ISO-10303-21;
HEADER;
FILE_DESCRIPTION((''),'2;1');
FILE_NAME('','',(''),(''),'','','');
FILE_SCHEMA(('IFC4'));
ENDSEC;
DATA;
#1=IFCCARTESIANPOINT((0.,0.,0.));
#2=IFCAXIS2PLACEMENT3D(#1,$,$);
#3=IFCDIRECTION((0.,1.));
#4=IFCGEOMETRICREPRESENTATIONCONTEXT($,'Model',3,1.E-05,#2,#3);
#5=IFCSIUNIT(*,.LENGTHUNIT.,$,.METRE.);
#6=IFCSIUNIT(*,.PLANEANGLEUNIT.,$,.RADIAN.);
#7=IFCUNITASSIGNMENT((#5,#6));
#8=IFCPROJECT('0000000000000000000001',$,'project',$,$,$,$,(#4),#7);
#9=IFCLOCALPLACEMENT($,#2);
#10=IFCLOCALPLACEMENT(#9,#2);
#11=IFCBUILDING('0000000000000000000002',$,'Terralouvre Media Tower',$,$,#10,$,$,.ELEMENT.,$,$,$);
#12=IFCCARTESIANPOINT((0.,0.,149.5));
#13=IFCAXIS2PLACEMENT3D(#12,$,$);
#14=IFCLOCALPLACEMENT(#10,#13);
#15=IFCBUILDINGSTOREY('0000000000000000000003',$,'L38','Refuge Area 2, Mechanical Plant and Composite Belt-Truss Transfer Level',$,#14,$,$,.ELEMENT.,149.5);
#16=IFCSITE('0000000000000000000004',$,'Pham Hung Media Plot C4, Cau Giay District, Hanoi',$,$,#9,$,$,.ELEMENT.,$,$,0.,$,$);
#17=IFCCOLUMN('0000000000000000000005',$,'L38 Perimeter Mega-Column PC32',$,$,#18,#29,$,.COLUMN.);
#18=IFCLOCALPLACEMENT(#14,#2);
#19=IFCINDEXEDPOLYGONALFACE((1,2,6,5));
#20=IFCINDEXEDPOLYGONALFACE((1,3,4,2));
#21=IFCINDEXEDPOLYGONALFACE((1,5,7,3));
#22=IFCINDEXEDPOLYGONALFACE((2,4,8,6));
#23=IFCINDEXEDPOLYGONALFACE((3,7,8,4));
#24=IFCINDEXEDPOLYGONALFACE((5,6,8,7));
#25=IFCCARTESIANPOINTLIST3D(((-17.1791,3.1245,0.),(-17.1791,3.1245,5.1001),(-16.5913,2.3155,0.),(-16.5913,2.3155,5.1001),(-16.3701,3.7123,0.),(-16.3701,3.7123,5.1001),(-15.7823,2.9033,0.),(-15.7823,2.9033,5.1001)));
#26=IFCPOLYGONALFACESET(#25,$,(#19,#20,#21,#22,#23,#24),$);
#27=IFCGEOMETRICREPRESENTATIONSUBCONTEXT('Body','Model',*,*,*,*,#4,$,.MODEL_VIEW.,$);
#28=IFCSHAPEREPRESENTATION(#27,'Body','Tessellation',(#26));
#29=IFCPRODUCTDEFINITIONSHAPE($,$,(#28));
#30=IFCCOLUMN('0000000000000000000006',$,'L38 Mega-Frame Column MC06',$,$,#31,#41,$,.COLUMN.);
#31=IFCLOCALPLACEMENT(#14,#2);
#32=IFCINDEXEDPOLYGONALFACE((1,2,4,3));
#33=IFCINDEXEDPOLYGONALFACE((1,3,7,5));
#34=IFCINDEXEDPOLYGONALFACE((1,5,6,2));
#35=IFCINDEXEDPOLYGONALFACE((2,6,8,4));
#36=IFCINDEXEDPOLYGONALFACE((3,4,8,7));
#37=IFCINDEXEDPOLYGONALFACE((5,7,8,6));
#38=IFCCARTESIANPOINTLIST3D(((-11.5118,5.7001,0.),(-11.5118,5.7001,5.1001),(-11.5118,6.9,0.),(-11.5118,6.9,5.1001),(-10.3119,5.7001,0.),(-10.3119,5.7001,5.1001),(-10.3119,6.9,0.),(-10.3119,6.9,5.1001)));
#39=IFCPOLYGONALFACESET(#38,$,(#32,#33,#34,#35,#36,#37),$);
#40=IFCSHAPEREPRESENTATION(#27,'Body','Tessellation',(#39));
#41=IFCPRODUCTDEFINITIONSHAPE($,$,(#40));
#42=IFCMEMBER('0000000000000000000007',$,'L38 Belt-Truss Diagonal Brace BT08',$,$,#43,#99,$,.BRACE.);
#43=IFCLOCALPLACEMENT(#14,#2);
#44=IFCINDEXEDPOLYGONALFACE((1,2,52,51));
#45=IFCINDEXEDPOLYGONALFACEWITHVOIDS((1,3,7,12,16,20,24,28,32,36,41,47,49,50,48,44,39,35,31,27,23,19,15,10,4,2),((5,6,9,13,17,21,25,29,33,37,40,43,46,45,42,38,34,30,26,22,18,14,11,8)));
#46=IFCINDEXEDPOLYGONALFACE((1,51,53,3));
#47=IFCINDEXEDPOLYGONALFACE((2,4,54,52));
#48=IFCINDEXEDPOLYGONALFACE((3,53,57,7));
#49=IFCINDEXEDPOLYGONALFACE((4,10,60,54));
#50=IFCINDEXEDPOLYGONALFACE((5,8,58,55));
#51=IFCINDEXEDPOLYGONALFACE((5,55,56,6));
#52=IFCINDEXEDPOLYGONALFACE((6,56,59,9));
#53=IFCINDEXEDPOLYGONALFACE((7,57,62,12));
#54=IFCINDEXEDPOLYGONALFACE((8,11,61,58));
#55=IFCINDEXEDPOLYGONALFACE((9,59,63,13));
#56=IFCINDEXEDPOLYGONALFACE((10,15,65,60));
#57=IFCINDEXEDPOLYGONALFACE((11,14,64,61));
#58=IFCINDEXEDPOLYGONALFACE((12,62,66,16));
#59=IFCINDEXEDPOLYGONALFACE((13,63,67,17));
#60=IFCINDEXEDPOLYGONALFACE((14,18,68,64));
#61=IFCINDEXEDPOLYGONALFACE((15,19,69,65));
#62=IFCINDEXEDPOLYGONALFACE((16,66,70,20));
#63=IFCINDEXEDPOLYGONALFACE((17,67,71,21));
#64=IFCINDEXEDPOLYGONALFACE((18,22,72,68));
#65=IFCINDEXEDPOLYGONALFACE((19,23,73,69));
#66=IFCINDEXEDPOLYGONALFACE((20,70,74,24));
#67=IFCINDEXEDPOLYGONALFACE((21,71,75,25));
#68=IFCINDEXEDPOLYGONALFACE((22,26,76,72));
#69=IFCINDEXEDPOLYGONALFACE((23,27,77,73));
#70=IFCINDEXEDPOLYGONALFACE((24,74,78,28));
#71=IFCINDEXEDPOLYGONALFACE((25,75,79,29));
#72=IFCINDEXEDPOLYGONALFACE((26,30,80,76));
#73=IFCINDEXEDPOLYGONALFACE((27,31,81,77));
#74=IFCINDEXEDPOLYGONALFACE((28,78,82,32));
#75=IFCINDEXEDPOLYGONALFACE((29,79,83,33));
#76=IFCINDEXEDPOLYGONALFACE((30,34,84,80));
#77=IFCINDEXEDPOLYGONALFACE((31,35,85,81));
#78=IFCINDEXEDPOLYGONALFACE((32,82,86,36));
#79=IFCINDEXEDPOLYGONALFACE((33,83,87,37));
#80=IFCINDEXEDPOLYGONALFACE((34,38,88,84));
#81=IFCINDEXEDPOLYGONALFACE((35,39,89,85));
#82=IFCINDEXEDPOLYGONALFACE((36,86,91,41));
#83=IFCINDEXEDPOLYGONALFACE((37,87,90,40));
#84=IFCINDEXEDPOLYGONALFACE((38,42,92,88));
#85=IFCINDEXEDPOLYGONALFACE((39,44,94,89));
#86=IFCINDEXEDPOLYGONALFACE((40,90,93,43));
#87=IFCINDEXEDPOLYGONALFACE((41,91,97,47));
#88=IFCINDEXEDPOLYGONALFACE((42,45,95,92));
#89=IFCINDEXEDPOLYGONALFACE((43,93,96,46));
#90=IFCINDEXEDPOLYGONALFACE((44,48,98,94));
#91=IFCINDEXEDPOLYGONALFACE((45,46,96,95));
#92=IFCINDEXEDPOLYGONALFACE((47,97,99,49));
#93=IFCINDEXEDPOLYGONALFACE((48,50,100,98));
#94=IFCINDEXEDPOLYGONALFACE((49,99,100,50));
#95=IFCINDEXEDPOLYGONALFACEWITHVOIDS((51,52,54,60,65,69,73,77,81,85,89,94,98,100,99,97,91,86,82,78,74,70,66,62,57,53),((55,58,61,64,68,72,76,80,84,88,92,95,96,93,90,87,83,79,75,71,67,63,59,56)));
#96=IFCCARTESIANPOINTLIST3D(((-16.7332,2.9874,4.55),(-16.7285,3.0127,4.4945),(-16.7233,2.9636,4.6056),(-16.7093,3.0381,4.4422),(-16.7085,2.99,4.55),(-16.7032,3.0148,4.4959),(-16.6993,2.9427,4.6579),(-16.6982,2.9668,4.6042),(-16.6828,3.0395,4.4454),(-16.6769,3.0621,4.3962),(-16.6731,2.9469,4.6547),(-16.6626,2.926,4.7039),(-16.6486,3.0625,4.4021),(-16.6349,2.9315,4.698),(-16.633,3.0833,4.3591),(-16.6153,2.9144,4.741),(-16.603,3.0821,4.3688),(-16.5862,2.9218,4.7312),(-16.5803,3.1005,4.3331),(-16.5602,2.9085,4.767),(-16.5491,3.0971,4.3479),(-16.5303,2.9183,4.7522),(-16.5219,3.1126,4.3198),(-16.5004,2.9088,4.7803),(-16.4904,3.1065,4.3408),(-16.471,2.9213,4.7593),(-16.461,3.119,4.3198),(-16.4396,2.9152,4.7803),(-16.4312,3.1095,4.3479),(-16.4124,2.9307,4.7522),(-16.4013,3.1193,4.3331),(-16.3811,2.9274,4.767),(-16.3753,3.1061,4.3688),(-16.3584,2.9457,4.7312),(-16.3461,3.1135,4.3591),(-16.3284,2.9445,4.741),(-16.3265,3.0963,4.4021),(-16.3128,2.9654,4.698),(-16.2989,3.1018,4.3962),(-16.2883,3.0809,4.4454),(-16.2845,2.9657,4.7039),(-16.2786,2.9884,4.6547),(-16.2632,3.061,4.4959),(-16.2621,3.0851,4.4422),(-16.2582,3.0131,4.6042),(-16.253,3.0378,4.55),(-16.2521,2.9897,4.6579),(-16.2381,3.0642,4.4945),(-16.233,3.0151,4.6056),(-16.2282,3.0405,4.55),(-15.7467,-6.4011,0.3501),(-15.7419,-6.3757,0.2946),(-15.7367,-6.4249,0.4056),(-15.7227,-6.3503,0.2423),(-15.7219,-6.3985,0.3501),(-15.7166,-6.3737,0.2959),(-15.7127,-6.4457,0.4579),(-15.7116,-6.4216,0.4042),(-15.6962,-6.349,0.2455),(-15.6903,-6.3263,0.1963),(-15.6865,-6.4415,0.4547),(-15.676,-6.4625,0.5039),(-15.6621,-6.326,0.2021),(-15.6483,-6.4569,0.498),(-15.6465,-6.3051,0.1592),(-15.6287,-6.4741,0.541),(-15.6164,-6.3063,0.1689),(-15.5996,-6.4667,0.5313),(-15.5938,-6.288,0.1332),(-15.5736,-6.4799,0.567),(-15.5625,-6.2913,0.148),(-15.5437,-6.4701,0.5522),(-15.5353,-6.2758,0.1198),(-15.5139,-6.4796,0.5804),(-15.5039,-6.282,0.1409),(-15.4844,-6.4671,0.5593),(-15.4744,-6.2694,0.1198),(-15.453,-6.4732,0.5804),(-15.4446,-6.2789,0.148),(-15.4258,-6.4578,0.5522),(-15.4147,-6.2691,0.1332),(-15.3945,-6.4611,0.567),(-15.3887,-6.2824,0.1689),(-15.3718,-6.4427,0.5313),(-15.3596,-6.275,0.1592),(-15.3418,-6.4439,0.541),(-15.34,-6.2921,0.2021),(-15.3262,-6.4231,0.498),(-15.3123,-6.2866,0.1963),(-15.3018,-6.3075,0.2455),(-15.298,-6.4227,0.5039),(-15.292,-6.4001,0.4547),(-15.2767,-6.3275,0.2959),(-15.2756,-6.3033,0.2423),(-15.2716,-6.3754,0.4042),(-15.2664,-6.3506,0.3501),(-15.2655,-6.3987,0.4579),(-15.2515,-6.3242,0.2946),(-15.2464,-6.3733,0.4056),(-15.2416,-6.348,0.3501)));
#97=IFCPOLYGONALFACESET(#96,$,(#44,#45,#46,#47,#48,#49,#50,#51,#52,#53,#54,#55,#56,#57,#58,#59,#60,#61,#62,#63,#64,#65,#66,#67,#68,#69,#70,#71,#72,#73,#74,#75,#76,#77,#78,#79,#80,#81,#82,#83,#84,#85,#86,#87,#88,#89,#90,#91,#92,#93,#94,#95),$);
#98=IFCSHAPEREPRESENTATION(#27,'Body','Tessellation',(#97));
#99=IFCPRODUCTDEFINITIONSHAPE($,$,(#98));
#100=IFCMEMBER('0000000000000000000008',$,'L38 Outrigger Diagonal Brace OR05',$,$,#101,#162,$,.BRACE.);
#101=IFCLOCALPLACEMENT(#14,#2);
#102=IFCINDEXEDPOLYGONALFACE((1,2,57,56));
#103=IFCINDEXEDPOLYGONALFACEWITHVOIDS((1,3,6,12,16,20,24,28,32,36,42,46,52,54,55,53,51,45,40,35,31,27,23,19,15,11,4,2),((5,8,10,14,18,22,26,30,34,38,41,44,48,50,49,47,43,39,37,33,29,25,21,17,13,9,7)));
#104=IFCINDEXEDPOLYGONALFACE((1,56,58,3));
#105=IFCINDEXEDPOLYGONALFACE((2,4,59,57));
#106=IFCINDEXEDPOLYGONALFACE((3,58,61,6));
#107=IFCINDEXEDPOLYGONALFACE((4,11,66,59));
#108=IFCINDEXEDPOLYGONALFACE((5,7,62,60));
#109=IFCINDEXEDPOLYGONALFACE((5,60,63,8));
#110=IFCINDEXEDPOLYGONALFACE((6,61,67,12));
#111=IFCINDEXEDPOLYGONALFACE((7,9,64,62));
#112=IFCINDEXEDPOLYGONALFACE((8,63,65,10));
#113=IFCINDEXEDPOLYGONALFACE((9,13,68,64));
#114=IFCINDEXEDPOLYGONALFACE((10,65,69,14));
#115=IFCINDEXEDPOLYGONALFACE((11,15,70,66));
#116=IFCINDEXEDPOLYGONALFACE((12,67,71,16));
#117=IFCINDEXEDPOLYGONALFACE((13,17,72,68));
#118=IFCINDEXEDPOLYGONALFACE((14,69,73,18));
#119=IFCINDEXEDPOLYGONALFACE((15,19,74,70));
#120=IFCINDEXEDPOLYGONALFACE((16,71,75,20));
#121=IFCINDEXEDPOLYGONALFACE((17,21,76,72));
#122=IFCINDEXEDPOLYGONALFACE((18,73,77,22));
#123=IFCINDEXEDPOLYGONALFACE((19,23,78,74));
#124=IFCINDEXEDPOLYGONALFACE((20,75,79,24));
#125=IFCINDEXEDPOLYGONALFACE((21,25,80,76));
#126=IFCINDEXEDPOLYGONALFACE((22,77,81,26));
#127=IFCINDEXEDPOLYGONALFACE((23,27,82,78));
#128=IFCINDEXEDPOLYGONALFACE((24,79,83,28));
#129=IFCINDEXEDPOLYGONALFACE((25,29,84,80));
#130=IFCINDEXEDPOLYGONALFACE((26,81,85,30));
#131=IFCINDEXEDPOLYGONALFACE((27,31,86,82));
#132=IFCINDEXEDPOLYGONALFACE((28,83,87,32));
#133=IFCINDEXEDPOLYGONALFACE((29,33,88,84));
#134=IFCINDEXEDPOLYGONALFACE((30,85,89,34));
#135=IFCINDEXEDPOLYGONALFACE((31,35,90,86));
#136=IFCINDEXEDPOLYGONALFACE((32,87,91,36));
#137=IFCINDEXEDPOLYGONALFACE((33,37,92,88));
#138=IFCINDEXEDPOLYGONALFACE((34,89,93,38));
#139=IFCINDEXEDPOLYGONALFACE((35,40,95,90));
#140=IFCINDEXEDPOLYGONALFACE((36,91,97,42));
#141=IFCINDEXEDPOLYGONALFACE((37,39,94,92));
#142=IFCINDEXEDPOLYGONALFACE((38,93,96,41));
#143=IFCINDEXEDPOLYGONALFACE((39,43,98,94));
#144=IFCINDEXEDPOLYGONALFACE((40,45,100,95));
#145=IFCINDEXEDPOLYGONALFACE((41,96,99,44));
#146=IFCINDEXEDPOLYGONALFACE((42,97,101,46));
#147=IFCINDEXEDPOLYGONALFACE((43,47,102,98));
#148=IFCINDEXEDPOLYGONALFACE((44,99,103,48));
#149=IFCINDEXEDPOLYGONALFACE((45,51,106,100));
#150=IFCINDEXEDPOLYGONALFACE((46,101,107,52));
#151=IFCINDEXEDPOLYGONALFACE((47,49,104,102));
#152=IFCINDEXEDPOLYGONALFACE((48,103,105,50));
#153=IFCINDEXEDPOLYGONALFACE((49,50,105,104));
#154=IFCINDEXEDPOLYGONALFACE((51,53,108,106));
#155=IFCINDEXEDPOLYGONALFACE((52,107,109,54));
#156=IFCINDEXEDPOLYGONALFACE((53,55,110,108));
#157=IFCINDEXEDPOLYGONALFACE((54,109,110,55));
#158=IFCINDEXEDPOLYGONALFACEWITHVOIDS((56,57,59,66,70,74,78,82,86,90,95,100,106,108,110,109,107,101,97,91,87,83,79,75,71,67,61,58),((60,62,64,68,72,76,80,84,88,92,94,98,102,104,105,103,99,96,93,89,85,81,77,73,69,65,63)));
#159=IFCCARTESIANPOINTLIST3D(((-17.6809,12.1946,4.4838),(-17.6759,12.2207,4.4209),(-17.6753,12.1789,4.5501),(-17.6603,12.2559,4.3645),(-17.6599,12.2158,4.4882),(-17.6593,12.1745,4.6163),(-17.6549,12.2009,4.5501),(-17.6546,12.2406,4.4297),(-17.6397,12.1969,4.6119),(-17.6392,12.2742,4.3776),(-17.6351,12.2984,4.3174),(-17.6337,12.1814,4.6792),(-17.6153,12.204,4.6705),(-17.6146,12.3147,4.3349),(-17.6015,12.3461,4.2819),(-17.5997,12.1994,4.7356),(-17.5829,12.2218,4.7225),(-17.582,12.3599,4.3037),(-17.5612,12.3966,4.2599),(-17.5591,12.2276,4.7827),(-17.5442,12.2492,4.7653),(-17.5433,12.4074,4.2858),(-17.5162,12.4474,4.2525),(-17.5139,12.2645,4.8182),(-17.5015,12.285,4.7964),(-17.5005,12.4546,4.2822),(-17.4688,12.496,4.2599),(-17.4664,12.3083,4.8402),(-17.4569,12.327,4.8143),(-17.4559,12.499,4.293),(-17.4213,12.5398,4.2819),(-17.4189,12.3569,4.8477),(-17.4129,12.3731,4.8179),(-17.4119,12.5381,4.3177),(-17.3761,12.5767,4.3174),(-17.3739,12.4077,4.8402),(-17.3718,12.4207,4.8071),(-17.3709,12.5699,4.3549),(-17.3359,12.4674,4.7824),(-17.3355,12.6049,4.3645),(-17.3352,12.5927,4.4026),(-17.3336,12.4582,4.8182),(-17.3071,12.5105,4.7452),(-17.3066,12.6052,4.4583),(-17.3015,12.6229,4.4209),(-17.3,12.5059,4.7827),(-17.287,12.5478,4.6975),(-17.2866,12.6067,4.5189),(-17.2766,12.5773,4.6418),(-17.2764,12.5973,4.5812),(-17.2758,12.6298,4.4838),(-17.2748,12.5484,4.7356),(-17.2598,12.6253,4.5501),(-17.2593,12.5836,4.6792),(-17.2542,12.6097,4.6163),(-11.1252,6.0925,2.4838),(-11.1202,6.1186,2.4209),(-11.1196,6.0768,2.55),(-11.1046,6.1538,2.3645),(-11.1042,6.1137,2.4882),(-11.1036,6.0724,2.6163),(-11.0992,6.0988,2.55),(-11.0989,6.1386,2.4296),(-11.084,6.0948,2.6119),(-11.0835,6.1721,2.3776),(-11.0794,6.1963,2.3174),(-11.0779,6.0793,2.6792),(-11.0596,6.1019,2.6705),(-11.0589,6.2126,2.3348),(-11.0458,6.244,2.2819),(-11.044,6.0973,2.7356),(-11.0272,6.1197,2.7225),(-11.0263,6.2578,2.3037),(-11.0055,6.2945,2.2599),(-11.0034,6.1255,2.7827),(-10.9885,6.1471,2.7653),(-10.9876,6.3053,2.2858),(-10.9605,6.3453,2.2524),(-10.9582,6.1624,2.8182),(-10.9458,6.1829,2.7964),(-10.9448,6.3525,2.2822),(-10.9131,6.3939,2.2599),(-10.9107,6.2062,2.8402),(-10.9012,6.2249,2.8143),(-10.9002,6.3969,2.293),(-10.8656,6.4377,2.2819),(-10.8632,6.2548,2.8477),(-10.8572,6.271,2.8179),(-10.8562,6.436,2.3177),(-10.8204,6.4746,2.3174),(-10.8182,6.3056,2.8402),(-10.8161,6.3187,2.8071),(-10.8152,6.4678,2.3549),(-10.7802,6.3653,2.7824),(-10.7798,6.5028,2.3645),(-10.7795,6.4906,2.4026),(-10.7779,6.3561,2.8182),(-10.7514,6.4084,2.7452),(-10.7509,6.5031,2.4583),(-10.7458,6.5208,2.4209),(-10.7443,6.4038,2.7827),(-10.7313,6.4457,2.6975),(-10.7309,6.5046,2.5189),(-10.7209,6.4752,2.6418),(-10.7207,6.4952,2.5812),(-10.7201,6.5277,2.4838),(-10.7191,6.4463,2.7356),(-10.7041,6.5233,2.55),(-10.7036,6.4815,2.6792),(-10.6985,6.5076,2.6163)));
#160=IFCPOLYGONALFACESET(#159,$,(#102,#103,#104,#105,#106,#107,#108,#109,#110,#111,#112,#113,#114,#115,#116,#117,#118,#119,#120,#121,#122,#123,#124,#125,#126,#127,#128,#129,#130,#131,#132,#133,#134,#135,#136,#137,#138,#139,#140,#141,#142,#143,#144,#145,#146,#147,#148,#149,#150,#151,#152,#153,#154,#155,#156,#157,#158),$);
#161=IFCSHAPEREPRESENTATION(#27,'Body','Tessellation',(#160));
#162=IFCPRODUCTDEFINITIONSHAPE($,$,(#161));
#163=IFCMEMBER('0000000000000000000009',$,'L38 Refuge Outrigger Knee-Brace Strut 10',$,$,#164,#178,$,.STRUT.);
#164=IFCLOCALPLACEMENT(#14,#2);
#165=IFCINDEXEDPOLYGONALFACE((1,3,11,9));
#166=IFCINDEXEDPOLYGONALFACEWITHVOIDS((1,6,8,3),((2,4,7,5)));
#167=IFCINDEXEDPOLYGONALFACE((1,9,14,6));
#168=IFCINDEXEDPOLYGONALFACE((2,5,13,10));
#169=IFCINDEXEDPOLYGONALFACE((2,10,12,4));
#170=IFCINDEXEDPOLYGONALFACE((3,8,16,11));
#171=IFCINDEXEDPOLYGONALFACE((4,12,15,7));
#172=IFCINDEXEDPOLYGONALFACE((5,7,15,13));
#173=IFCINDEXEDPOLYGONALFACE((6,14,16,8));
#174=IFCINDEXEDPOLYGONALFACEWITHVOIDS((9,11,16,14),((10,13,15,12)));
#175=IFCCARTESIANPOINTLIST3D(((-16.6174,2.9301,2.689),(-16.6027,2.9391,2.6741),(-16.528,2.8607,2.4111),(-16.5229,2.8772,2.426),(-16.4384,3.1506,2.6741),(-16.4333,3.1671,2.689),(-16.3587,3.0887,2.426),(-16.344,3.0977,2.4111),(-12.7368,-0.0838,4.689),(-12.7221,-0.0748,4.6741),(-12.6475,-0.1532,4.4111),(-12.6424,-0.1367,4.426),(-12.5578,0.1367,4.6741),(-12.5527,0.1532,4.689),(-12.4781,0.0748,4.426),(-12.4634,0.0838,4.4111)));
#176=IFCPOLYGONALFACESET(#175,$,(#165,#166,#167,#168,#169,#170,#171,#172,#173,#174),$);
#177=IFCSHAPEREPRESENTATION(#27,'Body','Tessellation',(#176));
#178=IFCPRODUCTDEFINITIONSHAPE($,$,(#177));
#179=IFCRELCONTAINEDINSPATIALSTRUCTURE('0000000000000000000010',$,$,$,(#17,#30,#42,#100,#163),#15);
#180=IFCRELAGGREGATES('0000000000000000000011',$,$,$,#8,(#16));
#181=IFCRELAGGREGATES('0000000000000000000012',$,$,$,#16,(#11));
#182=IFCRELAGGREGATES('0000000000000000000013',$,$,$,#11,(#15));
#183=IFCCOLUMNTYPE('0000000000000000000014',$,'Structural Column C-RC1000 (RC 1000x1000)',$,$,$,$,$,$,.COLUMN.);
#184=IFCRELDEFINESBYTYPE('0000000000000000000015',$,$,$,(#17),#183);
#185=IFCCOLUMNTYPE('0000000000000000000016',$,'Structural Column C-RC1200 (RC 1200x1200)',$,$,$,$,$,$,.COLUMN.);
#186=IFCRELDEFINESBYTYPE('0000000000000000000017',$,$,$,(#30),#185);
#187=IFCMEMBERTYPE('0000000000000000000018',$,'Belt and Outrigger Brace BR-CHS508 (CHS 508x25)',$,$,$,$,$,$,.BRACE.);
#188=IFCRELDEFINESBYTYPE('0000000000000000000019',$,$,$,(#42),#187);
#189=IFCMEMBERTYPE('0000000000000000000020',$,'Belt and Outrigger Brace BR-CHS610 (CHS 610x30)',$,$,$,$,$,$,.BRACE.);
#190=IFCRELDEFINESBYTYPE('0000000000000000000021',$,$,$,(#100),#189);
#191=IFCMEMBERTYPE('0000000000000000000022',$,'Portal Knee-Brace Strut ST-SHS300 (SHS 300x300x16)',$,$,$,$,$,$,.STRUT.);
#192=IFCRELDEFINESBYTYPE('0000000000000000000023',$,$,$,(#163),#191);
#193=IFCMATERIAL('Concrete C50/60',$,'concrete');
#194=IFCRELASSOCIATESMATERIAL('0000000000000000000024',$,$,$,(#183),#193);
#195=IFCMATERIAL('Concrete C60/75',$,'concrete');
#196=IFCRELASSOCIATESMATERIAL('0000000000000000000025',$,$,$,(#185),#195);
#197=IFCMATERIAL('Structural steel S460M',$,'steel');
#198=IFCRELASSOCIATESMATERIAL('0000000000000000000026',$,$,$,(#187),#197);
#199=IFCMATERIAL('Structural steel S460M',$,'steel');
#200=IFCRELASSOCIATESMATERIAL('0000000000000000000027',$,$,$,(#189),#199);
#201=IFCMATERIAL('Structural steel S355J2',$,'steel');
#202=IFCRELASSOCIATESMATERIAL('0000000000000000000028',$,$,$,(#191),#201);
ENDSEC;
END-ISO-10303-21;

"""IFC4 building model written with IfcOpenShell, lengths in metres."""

from ifc_helpers import new_model, si_unit, direction, frame, origin, origin_2d, place, context, subcontext, project, spatial, rectangle, hollow_rectangle, hollow_circle, extrude, material, material_profile, profile_set, type_object, element, save


model = new_model("IFC4")

# Units and contexts
model_context = context("Model", 3, precision=1e-05, world=origin(), true_north=direction((0.0, 1.0)))
body_context = subcontext(model_context, "Body", "Model", "MODEL_VIEW")
ifc_project = project(units=[si_unit("LENGTHUNIT", "METRE"), si_unit("PLANEANGLEUNIT", "RADIAN")], contexts=[model_context])

# Site, building, storey
site_placement = place(None, origin())
site = spatial("IfcSite", under=ifc_project, at=site_placement, Name="Pham Hung Media Plot C4, Cau Giay District, Hanoi", CompositionType="ELEMENT", RefElevation=0.0)
building_placement = place(site_placement, origin())
building = spatial("IfcBuilding", under=site, at=building_placement, Name="Terralouvre Media Tower", CompositionType="ELEMENT")
storey_placement = place(building_placement, frame((0.0, 0.0, 149.5)))
storey = spatial("IfcBuildingStorey", under=building, at=storey_placement, Name="L38", Description="Refuge Area 2, Mechanical Plant and Composite Belt-Truss Transfer Level", CompositionType="ELEMENT", Elevation=149.5)

# Columns
ifc_material_1 = material(Name="Concrete C50/60", Category="concrete")
ifc_material_profile_1 = material_profile(ifc_material_1, rectangle(XDim=1.0, YDim=1.0, at=origin_2d()), Name="RC 1000x1000")
ifc_profile_set_1 = profile_set([ifc_material_profile_1], Name="Concrete C50/60")
column_type_1 = type_object("IfcColumnType", Name="Structural Column C-RC1000 (RC 1000x1000)", PredefinedType="COLUMN", material=ifc_profile_set_1)
column_1_placement = place(storey_placement, frame((-16.4807, 3.0139, 0.0), z_axis=(0.0, 0.0, 1.0), x_axis=(0.809017, 0.587785, 0.0)))
element("IfcColumn", 1, at=column_1_placement, inside=storey, type_object=column_type_1, Name="L38 Perimeter Mega-Column PC32", PredefinedType="COLUMN", context=body_context, shape_type="SweptSolid", body=[
    extrude(rectangle(XDim=1.0, YDim=1.0, at=origin_2d()), origin(), (0.0, 0.0, 1.0), 5.1001),
])
ifc_material_2 = material(Name="Concrete C60/75", Category="concrete")
ifc_material_profile_2 = material_profile(ifc_material_2, rectangle(XDim=1.2, YDim=1.2, at=origin_2d()), Name="RC 1200x1200")
ifc_profile_set_2 = profile_set([ifc_material_profile_2], Name="Concrete C60/75")
column_type_2 = type_object("IfcColumnType", Name="Structural Column C-RC1200 (RC 1200x1200)", PredefinedType="COLUMN", material=ifc_profile_set_2)
column_2_placement = place(storey_placement, frame((-10.9119, 6.3, 0.0), z_axis=(0.0, 0.0, 1.0), x_axis=(1.0, 0.0, 0.0)))
element("IfcColumn", 2, at=column_2_placement, inside=storey, type_object=column_type_2, Name="L38 Mega-Frame Column MC06", PredefinedType="COLUMN", context=body_context, shape_type="SweptSolid", body=[
    extrude(rectangle(XDim=1.2, YDim=1.2, at=origin_2d()), origin(), (0.0, 0.0, 1.0), 5.1001),
])

# Members
ifc_material_3 = material(Name="Structural steel S460M", Category="steel")
ifc_material_profile_3 = material_profile(ifc_material_3, hollow_circle(Radius=0.2539, WallThickness=0.0249, at=origin_2d()), Name="CHS 508x25")
ifc_profile_set_3 = profile_set([ifc_material_profile_3], Name="Structural steel S460M")
member_type_1 = type_object("IfcMemberType", Name="Belt and Outrigger Brace BR-CHS508 (CHS 508x25)", PredefinedType="BRACE", material=ifc_profile_set_3)
member_1_placement = place(storey_placement, frame((-16.4807, 3.0139, 4.55), z_axis=(0.095485, -0.908652, -0.406489), x_axis=(0.994524, 0.104508, 0.0)))
element("IfcMember", 3, at=member_1_placement, inside=storey, type_object=member_type_1, Name="L38 Belt-Truss Diagonal Brace BT08", PredefinedType="BRACE", context=body_context, shape_type="SweptSolid", body=[
    extrude(hollow_circle(Radius=0.2539, WallThickness=0.0249, at=origin_2d()), origin(), (0.0, 0.0, 1.0), 10.3323),
])
ifc_material_4 = material(Name="Structural steel S460M", Category="steel")
ifc_material_profile_4 = material_profile(ifc_material_4, hollow_circle(Radius=0.3049, WallThickness=0.03, at=origin_2d()), Name="CHS 610x30")
ifc_profile_set_4 = profile_set([ifc_material_profile_4], Name="Structural steel S460M")
member_type_2 = type_object("IfcMemberType", Name="Belt and Outrigger Brace BR-CHS610 (CHS 610x30)", PredefinedType="BRACE", material=ifc_profile_set_4)
member_2_placement = place(storey_placement, frame((-10.9119, 6.3, 2.55), z_axis=(-0.714382, 0.664951, 0.217943), x_axis=(-0.681329, -0.731977, 0.0)))
element("IfcMember", 4, at=member_2_placement, inside=storey, type_object=member_type_2, Name="L38 Outrigger Diagonal Brace OR05", PredefinedType="BRACE", context=body_context, shape_type="SweptSolid", body=[
    extrude(hollow_circle(Radius=0.3049, WallThickness=0.03, at=origin_2d()), origin(), (0.0, 0.0, 1.0), 9.1768),
])
ifc_material_5 = material(Name="Structural steel S355J2", Category="steel")
ifc_material_profile_5 = material_profile(ifc_material_5, hollow_rectangle(XDim=0.3, YDim=0.3, WallThickness=0.0161, at=origin_2d()), Name="SHS 300x300x16")
ifc_profile_set_5 = profile_set([ifc_material_profile_5], Name="Structural steel S355J2")
member_type_3 = type_object("IfcMemberType", Name="Portal Knee-Brace Strut ST-SHS300 (SHS 300x300x16)", PredefinedType="STRUT", material=ifc_profile_set_5)
member_3_placement = place(storey_placement, frame((-12.6001, 0.0, 4.55), z_axis=(-0.731504, 0.568129, -0.377004), x_axis=(-0.61339, -0.78978, 0.0)))
element("IfcMember", 5, at=member_3_placement, inside=storey, type_object=member_type_3, Name="L38 Refuge Outrigger Knee-Brace Strut 10", PredefinedType="STRUT", context=body_context, shape_type="SweptSolid", body=[
    extrude(hollow_rectangle(XDim=0.3, YDim=0.3, WallThickness=0.0161, at=origin_2d()), origin(), (0.0, 0.0, 1.0), 5.3049),
])

save(model, "model.ifc")
